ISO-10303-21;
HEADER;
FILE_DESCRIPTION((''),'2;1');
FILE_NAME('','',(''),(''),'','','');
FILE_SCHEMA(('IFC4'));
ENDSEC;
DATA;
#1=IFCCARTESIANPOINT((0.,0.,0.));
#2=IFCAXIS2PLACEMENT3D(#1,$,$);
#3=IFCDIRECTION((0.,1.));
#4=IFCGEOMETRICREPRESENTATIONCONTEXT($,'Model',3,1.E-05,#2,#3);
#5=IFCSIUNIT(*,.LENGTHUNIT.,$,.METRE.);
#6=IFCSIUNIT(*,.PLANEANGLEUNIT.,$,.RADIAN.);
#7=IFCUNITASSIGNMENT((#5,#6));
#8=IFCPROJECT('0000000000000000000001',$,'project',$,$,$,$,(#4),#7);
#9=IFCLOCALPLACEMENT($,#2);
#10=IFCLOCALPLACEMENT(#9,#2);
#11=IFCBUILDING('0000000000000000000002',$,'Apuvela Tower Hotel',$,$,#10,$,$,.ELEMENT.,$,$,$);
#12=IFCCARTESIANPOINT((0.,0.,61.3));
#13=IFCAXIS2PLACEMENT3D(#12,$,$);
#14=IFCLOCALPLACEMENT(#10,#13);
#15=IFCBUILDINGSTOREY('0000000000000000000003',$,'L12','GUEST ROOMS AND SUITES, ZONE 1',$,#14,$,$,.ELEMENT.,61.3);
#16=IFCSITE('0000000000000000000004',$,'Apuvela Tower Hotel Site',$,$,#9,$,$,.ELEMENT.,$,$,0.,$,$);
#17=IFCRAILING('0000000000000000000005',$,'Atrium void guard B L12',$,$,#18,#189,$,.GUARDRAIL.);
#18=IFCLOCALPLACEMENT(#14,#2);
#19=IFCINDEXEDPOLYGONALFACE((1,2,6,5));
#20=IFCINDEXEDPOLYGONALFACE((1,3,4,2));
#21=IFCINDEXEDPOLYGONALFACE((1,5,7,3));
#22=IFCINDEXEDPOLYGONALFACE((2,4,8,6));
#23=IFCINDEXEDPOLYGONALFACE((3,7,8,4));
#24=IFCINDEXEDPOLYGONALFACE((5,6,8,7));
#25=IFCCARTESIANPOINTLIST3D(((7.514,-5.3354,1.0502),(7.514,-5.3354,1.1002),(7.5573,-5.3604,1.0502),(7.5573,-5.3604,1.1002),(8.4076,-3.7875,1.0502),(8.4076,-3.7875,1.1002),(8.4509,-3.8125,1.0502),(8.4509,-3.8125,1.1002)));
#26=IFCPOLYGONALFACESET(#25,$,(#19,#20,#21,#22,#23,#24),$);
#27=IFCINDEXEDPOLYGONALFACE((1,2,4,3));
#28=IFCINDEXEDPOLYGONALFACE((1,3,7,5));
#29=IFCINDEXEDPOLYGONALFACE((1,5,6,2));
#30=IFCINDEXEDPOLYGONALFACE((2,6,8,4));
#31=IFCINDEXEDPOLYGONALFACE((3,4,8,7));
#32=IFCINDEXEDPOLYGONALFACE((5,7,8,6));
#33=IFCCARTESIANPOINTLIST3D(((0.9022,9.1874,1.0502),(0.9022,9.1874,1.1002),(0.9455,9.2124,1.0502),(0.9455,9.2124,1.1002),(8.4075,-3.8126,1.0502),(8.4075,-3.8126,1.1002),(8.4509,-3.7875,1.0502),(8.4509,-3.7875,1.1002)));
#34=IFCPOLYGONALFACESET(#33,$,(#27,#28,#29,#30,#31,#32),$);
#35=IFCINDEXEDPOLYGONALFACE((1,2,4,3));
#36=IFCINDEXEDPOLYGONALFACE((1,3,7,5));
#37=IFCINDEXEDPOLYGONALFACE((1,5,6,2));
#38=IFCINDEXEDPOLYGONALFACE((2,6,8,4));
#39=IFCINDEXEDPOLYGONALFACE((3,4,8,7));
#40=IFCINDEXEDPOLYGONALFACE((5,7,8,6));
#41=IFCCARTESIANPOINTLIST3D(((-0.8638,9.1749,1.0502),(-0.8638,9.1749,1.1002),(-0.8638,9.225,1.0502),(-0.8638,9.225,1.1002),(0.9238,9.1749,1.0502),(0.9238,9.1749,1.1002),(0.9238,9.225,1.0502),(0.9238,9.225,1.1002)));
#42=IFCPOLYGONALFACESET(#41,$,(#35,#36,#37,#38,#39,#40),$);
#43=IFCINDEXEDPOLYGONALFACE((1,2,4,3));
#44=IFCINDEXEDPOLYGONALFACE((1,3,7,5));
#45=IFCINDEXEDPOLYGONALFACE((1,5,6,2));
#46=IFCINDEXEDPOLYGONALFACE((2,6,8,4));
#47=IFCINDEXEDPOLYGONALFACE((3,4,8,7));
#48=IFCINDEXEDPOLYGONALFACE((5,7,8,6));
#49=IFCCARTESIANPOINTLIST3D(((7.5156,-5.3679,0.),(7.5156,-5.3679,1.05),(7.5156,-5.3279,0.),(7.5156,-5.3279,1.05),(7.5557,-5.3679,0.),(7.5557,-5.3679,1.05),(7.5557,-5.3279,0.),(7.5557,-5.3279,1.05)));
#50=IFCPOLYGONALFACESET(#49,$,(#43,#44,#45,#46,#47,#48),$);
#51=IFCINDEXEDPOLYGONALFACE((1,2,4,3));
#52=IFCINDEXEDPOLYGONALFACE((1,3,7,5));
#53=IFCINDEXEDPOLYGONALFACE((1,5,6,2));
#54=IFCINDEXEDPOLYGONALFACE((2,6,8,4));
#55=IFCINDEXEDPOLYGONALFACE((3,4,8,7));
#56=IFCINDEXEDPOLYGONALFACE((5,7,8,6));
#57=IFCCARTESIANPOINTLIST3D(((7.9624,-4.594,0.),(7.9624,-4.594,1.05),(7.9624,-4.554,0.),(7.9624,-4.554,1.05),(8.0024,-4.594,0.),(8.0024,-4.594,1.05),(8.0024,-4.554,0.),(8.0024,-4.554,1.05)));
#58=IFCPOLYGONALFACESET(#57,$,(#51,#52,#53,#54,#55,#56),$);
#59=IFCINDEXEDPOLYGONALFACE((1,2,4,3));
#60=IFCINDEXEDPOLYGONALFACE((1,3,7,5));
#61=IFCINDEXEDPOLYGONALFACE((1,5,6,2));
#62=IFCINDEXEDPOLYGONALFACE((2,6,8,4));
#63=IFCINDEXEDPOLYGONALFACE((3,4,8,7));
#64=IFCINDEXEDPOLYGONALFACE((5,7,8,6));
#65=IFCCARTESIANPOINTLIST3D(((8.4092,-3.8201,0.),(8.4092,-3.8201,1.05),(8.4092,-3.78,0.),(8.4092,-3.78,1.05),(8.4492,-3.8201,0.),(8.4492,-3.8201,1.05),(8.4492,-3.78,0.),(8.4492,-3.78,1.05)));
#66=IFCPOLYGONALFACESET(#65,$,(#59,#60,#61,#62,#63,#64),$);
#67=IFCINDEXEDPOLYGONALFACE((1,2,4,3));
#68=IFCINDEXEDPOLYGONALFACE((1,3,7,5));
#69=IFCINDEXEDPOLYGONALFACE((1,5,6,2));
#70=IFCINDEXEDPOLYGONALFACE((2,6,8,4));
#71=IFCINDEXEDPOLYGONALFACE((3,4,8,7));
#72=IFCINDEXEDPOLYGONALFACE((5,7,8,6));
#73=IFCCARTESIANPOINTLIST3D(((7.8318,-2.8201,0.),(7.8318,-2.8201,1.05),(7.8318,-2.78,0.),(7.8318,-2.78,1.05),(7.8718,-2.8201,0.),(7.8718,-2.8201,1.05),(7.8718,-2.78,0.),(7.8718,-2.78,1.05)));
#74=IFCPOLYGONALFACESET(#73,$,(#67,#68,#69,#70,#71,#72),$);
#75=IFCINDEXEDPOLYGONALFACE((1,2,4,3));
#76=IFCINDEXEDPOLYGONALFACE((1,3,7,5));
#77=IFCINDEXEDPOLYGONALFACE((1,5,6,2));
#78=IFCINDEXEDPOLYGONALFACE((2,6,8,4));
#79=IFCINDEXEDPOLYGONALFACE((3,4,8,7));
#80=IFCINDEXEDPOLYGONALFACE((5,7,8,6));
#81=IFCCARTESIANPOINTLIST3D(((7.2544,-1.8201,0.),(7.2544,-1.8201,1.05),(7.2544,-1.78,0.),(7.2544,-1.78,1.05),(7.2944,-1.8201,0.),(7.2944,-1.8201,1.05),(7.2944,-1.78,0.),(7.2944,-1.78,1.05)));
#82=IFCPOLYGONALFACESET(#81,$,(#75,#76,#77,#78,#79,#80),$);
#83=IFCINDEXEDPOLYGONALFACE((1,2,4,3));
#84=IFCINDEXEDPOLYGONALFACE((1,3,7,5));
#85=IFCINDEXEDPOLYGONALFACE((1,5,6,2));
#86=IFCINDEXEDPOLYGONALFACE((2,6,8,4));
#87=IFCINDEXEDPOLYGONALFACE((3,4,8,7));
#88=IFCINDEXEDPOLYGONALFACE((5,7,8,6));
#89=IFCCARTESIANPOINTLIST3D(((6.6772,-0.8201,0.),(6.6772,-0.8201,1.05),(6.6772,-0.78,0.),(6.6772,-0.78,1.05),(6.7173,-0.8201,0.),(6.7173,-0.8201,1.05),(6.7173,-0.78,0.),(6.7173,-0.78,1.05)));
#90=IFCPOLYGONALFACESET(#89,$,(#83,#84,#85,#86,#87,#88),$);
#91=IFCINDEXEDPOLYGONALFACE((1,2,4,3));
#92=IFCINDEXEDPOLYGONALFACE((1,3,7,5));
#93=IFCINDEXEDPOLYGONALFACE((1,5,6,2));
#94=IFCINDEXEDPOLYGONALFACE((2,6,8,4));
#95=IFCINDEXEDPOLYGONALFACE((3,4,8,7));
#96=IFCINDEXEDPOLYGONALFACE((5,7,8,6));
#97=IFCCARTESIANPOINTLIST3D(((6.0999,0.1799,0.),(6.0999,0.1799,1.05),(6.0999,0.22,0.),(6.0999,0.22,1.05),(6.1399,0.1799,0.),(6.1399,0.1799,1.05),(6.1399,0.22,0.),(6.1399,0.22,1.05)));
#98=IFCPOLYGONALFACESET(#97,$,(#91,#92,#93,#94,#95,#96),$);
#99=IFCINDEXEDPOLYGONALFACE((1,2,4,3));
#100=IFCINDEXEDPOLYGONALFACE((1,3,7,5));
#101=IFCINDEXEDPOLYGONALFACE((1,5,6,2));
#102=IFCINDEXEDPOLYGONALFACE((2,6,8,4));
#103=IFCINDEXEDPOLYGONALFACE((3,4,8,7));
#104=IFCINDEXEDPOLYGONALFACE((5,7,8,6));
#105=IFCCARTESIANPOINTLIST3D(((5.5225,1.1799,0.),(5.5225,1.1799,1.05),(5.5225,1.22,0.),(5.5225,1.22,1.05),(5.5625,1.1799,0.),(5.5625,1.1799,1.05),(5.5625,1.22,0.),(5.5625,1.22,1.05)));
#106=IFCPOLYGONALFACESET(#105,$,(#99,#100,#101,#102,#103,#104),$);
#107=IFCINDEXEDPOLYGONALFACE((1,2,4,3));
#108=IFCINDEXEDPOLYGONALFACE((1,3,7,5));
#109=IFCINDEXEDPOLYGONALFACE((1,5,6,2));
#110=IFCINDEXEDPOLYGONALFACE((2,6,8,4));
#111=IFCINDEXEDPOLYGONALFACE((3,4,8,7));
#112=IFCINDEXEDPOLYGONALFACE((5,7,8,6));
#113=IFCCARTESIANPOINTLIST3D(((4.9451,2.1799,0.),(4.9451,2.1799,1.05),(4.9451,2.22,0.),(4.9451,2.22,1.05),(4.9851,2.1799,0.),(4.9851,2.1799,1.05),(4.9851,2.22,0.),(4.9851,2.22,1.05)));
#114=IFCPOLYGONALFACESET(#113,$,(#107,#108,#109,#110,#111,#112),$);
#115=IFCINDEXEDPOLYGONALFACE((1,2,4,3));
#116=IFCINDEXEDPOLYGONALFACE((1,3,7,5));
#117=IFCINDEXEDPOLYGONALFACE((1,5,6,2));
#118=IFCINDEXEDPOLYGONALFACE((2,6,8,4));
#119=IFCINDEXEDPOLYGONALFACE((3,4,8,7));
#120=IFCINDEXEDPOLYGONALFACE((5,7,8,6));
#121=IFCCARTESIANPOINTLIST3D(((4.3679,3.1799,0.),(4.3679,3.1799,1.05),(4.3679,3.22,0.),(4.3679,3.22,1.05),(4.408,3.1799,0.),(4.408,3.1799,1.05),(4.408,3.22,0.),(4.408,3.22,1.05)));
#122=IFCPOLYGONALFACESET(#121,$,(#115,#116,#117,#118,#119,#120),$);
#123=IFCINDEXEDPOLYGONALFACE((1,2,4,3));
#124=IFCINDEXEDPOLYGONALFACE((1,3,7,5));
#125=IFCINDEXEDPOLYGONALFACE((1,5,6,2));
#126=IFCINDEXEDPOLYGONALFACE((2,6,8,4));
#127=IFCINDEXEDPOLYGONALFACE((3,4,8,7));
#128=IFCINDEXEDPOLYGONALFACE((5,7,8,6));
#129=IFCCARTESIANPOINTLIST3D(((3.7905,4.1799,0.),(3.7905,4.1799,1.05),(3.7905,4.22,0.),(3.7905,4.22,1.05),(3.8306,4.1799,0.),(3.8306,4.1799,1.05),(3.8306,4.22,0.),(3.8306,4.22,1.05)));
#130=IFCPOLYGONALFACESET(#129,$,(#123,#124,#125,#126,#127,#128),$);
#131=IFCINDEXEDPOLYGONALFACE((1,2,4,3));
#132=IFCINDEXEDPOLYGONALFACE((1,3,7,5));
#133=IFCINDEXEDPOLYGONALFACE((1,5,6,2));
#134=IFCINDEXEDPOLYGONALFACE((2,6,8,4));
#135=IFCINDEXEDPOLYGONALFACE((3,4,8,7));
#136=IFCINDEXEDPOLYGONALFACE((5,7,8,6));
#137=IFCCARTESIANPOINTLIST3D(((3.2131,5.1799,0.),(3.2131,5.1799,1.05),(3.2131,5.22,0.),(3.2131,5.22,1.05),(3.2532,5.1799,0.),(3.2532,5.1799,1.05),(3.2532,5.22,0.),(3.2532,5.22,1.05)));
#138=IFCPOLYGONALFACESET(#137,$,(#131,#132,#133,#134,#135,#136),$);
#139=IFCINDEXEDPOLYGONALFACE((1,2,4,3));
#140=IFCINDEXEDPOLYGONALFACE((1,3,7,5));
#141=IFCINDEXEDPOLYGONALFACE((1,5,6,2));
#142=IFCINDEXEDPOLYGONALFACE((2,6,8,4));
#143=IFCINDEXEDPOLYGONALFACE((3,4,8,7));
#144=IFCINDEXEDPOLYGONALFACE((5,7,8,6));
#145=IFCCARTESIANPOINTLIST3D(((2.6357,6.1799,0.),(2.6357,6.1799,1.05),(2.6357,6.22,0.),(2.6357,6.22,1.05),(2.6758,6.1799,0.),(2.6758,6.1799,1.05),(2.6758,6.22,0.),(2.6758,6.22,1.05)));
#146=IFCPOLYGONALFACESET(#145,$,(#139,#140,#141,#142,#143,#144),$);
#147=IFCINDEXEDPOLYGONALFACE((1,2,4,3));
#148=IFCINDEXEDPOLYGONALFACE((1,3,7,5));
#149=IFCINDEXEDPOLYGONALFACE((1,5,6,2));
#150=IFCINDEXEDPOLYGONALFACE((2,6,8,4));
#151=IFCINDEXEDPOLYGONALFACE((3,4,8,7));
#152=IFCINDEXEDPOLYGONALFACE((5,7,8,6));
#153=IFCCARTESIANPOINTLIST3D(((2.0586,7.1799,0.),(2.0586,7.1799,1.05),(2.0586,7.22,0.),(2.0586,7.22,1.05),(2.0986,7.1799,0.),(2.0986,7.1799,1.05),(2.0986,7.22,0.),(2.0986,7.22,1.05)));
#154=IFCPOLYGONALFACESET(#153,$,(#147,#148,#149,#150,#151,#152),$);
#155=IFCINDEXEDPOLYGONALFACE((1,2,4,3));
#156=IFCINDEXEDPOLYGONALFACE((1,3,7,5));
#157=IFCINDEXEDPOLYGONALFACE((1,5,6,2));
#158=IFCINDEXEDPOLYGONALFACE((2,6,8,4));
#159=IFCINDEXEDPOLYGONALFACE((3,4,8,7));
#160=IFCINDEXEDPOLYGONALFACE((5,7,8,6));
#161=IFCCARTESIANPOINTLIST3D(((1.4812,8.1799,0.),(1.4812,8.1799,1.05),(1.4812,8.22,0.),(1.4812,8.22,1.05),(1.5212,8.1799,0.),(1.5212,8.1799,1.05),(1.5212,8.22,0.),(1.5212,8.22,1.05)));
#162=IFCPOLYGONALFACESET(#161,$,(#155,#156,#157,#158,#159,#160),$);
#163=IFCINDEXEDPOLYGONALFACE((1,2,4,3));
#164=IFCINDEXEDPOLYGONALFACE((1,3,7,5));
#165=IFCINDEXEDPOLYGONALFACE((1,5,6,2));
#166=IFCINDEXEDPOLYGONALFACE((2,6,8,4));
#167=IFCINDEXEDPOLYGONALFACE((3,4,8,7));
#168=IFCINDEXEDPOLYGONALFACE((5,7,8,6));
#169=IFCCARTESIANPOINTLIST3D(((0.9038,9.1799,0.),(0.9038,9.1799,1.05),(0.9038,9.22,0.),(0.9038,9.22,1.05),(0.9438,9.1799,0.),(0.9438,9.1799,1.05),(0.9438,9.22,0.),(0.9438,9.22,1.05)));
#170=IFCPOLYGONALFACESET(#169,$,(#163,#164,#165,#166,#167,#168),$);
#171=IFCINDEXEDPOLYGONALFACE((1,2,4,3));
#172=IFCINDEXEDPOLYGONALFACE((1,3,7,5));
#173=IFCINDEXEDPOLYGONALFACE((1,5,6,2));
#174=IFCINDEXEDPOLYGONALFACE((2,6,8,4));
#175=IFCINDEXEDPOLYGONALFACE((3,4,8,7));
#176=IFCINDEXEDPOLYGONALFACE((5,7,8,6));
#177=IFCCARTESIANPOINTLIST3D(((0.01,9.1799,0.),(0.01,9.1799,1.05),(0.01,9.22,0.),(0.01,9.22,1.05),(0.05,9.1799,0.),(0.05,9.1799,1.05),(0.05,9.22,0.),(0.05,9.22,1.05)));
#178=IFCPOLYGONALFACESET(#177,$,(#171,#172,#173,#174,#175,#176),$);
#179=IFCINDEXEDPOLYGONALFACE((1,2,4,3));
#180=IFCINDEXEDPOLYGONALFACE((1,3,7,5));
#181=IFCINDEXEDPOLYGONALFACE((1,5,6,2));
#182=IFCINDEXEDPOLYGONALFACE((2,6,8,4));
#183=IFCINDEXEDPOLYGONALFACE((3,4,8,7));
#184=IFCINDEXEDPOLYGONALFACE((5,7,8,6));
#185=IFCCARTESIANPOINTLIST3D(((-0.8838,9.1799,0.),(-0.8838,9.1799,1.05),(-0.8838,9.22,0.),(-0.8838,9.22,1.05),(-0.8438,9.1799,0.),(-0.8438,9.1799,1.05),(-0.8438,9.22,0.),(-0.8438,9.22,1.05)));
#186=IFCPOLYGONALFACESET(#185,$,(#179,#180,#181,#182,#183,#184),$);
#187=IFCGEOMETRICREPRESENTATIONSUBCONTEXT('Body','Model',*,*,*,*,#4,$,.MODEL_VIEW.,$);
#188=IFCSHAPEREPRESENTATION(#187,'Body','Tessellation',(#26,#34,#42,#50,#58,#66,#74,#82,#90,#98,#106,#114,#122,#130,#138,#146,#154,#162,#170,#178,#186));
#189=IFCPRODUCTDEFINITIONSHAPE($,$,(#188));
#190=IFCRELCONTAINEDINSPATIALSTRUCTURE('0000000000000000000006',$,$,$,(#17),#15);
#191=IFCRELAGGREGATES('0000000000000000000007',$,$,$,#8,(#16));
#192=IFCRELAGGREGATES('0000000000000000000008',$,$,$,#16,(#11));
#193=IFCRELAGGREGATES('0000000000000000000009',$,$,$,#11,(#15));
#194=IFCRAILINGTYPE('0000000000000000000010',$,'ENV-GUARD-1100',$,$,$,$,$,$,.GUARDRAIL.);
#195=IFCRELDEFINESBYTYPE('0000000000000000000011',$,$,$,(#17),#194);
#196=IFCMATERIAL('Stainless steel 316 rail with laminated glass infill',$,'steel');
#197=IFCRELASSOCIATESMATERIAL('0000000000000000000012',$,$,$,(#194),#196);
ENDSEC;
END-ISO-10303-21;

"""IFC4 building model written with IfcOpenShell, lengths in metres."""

from ifc_helpers import new_model, si_unit, direction, frame, origin, origin_2d, place, context, subcontext, project, spatial, rectangle, extrude, material, type_object, element, save


model = new_model("IFC4")

# Units and contexts
model_context = context("Model", 3, precision=1e-05, world=origin(), true_north=direction((0.0, 1.0)))
body_context = subcontext(model_context, "Body", "Model", "MODEL_VIEW")
ifc_project = project(units=[si_unit("LENGTHUNIT", "METRE"), si_unit("PLANEANGLEUNIT", "RADIAN")], contexts=[model_context])

# Site, building, storey
site_placement = place(None, origin())
site = spatial("IfcSite", under=ifc_project, at=site_placement, Name="Apuvela Tower Hotel Site", CompositionType="ELEMENT", RefElevation=0.0)
building_placement = place(site_placement, origin())
building = spatial("IfcBuilding", under=site, at=building_placement, Name="Apuvela Tower Hotel", CompositionType="ELEMENT")
storey_placement = place(building_placement, frame((0.0, 0.0, 61.3)))
storey = spatial("IfcBuildingStorey", under=building, at=storey_placement, Name="L12", Description="GUEST ROOMS AND SUITES, ZONE 1", CompositionType="ELEMENT", Elevation=61.3)

# Railing
ifc_material_1 = material(Name="Stainless steel 316 rail with laminated glass infill", Category="steel")
railing_type_1 = type_object("IfcRailingType", Name="ENV-GUARD-1100", PredefinedType="GUARDRAIL", material=ifc_material_1)
railing_1_placement = place(storey_placement, frame((7.5356, -5.3479, 0.0)))
element("IfcRailing", 1, at=railing_1_placement, inside=storey, type_object=railing_type_1, Name="Atrium void guard B L12", PredefinedType="GUARDRAIL", context=body_context, shape_type="SweptSolid", body=[
    extrude(rectangle(XDim=0.05, YDim=0.05, at=origin_2d()), frame((0.0, 0.0, 1.0752), z_axis=(0.499959, 0.866049, 0.0), x_axis=(-0.866049, 0.499959, 0.0)), (0.0, 0.0, 1.0), 1.7874),
    extrude(rectangle(XDim=0.05, YDim=0.05, at=origin_2d()), frame((0.8936, 1.5479, 1.0752), z_axis=(-0.499991, 0.866031, 0.0), x_axis=(-0.866031, -0.499991, 0.0)), (0.0, 0.0, 1.0), 15.011),
    extrude(rectangle(XDim=0.05, YDim=0.05, at=origin_2d()), frame((-6.6118, 14.5479, 1.0752), z_axis=(-1.0, 0.0, 0.0), x_axis=(0.0, -1.0, 0.0)), (0.0, 0.0, 1.0), 1.7876),
    extrude(rectangle(XDim=0.04, YDim=0.04, at=origin_2d()), origin(), (0.0, 0.0, 1.0), 1.05),
    extrude(rectangle(XDim=0.04, YDim=0.04, at=origin_2d()), frame((0.4468, 0.7739, 0.0)), (0.0, 0.0, 1.0), 1.05),
    extrude(rectangle(XDim=0.04, YDim=0.04, at=origin_2d()), frame((0.8936, 1.5479, 0.0)), (0.0, 0.0, 1.0), 1.05),
    extrude(rectangle(XDim=0.04, YDim=0.04, at=origin_2d()), frame((0.3162, 2.5479, 0.0)), (0.0, 0.0, 1.0), 1.05),
    extrude(rectangle(XDim=0.04, YDim=0.04, at=origin_2d()), frame((-0.2612, 3.5479, 0.0)), (0.0, 0.0, 1.0), 1.05),
    extrude(rectangle(XDim=0.04, YDim=0.04, at=origin_2d()), frame((-0.8384, 4.5479, 0.0)), (0.0, 0.0, 1.0), 1.05),
    extrude(rectangle(XDim=0.04, YDim=0.04, at=origin_2d()), frame((-1.4158, 5.5479, 0.0)), (0.0, 0.0, 1.0), 1.05),
    extrude(rectangle(XDim=0.04, YDim=0.04, at=origin_2d()), frame((-1.9932, 6.5479, 0.0)), (0.0, 0.0, 1.0), 1.05),
    extrude(rectangle(XDim=0.04, YDim=0.04, at=origin_2d()), frame((-2.5706, 7.5479, 0.0)), (0.0, 0.0, 1.0), 1.05),
    extrude(rectangle(XDim=0.04, YDim=0.04, at=origin_2d()), frame((-3.1477, 8.5479, 0.0)), (0.0, 0.0, 1.0), 1.05),
    extrude(rectangle(XDim=0.04, YDim=0.04, at=origin_2d()), frame((-3.7251, 9.5479, 0.0)), (0.0, 0.0, 1.0), 1.05),
    extrude(rectangle(XDim=0.04, YDim=0.04, at=origin_2d()), frame((-4.3025, 10.5479, 0.0)), (0.0, 0.0, 1.0), 1.05),
    extrude(rectangle(XDim=0.04, YDim=0.04, at=origin_2d()), frame((-4.8799, 11.5479, 0.0)), (0.0, 0.0, 1.0), 1.05),
    extrude(rectangle(XDim=0.04, YDim=0.04, at=origin_2d()), frame((-5.457, 12.5479, 0.0)), (0.0, 0.0, 1.0), 1.05),
    extrude(rectangle(XDim=0.04, YDim=0.04, at=origin_2d()), frame((-6.0344, 13.5479, 0.0)), (0.0, 0.0, 1.0), 1.05),
    extrude(rectangle(XDim=0.04, YDim=0.04, at=origin_2d()), frame((-6.6118, 14.5479, 0.0)), (0.0, 0.0, 1.0), 1.05),
    extrude(rectangle(XDim=0.04, YDim=0.04, at=origin_2d()), frame((-7.5056, 14.5479, 0.0)), (0.0, 0.0, 1.0), 1.05),
    extrude(rectangle(XDim=0.04, YDim=0.04, at=origin_2d()), frame((-8.3994, 14.5479, 0.0)), (0.0, 0.0, 1.0), 1.05),
])

save(model, "model.ifc")
